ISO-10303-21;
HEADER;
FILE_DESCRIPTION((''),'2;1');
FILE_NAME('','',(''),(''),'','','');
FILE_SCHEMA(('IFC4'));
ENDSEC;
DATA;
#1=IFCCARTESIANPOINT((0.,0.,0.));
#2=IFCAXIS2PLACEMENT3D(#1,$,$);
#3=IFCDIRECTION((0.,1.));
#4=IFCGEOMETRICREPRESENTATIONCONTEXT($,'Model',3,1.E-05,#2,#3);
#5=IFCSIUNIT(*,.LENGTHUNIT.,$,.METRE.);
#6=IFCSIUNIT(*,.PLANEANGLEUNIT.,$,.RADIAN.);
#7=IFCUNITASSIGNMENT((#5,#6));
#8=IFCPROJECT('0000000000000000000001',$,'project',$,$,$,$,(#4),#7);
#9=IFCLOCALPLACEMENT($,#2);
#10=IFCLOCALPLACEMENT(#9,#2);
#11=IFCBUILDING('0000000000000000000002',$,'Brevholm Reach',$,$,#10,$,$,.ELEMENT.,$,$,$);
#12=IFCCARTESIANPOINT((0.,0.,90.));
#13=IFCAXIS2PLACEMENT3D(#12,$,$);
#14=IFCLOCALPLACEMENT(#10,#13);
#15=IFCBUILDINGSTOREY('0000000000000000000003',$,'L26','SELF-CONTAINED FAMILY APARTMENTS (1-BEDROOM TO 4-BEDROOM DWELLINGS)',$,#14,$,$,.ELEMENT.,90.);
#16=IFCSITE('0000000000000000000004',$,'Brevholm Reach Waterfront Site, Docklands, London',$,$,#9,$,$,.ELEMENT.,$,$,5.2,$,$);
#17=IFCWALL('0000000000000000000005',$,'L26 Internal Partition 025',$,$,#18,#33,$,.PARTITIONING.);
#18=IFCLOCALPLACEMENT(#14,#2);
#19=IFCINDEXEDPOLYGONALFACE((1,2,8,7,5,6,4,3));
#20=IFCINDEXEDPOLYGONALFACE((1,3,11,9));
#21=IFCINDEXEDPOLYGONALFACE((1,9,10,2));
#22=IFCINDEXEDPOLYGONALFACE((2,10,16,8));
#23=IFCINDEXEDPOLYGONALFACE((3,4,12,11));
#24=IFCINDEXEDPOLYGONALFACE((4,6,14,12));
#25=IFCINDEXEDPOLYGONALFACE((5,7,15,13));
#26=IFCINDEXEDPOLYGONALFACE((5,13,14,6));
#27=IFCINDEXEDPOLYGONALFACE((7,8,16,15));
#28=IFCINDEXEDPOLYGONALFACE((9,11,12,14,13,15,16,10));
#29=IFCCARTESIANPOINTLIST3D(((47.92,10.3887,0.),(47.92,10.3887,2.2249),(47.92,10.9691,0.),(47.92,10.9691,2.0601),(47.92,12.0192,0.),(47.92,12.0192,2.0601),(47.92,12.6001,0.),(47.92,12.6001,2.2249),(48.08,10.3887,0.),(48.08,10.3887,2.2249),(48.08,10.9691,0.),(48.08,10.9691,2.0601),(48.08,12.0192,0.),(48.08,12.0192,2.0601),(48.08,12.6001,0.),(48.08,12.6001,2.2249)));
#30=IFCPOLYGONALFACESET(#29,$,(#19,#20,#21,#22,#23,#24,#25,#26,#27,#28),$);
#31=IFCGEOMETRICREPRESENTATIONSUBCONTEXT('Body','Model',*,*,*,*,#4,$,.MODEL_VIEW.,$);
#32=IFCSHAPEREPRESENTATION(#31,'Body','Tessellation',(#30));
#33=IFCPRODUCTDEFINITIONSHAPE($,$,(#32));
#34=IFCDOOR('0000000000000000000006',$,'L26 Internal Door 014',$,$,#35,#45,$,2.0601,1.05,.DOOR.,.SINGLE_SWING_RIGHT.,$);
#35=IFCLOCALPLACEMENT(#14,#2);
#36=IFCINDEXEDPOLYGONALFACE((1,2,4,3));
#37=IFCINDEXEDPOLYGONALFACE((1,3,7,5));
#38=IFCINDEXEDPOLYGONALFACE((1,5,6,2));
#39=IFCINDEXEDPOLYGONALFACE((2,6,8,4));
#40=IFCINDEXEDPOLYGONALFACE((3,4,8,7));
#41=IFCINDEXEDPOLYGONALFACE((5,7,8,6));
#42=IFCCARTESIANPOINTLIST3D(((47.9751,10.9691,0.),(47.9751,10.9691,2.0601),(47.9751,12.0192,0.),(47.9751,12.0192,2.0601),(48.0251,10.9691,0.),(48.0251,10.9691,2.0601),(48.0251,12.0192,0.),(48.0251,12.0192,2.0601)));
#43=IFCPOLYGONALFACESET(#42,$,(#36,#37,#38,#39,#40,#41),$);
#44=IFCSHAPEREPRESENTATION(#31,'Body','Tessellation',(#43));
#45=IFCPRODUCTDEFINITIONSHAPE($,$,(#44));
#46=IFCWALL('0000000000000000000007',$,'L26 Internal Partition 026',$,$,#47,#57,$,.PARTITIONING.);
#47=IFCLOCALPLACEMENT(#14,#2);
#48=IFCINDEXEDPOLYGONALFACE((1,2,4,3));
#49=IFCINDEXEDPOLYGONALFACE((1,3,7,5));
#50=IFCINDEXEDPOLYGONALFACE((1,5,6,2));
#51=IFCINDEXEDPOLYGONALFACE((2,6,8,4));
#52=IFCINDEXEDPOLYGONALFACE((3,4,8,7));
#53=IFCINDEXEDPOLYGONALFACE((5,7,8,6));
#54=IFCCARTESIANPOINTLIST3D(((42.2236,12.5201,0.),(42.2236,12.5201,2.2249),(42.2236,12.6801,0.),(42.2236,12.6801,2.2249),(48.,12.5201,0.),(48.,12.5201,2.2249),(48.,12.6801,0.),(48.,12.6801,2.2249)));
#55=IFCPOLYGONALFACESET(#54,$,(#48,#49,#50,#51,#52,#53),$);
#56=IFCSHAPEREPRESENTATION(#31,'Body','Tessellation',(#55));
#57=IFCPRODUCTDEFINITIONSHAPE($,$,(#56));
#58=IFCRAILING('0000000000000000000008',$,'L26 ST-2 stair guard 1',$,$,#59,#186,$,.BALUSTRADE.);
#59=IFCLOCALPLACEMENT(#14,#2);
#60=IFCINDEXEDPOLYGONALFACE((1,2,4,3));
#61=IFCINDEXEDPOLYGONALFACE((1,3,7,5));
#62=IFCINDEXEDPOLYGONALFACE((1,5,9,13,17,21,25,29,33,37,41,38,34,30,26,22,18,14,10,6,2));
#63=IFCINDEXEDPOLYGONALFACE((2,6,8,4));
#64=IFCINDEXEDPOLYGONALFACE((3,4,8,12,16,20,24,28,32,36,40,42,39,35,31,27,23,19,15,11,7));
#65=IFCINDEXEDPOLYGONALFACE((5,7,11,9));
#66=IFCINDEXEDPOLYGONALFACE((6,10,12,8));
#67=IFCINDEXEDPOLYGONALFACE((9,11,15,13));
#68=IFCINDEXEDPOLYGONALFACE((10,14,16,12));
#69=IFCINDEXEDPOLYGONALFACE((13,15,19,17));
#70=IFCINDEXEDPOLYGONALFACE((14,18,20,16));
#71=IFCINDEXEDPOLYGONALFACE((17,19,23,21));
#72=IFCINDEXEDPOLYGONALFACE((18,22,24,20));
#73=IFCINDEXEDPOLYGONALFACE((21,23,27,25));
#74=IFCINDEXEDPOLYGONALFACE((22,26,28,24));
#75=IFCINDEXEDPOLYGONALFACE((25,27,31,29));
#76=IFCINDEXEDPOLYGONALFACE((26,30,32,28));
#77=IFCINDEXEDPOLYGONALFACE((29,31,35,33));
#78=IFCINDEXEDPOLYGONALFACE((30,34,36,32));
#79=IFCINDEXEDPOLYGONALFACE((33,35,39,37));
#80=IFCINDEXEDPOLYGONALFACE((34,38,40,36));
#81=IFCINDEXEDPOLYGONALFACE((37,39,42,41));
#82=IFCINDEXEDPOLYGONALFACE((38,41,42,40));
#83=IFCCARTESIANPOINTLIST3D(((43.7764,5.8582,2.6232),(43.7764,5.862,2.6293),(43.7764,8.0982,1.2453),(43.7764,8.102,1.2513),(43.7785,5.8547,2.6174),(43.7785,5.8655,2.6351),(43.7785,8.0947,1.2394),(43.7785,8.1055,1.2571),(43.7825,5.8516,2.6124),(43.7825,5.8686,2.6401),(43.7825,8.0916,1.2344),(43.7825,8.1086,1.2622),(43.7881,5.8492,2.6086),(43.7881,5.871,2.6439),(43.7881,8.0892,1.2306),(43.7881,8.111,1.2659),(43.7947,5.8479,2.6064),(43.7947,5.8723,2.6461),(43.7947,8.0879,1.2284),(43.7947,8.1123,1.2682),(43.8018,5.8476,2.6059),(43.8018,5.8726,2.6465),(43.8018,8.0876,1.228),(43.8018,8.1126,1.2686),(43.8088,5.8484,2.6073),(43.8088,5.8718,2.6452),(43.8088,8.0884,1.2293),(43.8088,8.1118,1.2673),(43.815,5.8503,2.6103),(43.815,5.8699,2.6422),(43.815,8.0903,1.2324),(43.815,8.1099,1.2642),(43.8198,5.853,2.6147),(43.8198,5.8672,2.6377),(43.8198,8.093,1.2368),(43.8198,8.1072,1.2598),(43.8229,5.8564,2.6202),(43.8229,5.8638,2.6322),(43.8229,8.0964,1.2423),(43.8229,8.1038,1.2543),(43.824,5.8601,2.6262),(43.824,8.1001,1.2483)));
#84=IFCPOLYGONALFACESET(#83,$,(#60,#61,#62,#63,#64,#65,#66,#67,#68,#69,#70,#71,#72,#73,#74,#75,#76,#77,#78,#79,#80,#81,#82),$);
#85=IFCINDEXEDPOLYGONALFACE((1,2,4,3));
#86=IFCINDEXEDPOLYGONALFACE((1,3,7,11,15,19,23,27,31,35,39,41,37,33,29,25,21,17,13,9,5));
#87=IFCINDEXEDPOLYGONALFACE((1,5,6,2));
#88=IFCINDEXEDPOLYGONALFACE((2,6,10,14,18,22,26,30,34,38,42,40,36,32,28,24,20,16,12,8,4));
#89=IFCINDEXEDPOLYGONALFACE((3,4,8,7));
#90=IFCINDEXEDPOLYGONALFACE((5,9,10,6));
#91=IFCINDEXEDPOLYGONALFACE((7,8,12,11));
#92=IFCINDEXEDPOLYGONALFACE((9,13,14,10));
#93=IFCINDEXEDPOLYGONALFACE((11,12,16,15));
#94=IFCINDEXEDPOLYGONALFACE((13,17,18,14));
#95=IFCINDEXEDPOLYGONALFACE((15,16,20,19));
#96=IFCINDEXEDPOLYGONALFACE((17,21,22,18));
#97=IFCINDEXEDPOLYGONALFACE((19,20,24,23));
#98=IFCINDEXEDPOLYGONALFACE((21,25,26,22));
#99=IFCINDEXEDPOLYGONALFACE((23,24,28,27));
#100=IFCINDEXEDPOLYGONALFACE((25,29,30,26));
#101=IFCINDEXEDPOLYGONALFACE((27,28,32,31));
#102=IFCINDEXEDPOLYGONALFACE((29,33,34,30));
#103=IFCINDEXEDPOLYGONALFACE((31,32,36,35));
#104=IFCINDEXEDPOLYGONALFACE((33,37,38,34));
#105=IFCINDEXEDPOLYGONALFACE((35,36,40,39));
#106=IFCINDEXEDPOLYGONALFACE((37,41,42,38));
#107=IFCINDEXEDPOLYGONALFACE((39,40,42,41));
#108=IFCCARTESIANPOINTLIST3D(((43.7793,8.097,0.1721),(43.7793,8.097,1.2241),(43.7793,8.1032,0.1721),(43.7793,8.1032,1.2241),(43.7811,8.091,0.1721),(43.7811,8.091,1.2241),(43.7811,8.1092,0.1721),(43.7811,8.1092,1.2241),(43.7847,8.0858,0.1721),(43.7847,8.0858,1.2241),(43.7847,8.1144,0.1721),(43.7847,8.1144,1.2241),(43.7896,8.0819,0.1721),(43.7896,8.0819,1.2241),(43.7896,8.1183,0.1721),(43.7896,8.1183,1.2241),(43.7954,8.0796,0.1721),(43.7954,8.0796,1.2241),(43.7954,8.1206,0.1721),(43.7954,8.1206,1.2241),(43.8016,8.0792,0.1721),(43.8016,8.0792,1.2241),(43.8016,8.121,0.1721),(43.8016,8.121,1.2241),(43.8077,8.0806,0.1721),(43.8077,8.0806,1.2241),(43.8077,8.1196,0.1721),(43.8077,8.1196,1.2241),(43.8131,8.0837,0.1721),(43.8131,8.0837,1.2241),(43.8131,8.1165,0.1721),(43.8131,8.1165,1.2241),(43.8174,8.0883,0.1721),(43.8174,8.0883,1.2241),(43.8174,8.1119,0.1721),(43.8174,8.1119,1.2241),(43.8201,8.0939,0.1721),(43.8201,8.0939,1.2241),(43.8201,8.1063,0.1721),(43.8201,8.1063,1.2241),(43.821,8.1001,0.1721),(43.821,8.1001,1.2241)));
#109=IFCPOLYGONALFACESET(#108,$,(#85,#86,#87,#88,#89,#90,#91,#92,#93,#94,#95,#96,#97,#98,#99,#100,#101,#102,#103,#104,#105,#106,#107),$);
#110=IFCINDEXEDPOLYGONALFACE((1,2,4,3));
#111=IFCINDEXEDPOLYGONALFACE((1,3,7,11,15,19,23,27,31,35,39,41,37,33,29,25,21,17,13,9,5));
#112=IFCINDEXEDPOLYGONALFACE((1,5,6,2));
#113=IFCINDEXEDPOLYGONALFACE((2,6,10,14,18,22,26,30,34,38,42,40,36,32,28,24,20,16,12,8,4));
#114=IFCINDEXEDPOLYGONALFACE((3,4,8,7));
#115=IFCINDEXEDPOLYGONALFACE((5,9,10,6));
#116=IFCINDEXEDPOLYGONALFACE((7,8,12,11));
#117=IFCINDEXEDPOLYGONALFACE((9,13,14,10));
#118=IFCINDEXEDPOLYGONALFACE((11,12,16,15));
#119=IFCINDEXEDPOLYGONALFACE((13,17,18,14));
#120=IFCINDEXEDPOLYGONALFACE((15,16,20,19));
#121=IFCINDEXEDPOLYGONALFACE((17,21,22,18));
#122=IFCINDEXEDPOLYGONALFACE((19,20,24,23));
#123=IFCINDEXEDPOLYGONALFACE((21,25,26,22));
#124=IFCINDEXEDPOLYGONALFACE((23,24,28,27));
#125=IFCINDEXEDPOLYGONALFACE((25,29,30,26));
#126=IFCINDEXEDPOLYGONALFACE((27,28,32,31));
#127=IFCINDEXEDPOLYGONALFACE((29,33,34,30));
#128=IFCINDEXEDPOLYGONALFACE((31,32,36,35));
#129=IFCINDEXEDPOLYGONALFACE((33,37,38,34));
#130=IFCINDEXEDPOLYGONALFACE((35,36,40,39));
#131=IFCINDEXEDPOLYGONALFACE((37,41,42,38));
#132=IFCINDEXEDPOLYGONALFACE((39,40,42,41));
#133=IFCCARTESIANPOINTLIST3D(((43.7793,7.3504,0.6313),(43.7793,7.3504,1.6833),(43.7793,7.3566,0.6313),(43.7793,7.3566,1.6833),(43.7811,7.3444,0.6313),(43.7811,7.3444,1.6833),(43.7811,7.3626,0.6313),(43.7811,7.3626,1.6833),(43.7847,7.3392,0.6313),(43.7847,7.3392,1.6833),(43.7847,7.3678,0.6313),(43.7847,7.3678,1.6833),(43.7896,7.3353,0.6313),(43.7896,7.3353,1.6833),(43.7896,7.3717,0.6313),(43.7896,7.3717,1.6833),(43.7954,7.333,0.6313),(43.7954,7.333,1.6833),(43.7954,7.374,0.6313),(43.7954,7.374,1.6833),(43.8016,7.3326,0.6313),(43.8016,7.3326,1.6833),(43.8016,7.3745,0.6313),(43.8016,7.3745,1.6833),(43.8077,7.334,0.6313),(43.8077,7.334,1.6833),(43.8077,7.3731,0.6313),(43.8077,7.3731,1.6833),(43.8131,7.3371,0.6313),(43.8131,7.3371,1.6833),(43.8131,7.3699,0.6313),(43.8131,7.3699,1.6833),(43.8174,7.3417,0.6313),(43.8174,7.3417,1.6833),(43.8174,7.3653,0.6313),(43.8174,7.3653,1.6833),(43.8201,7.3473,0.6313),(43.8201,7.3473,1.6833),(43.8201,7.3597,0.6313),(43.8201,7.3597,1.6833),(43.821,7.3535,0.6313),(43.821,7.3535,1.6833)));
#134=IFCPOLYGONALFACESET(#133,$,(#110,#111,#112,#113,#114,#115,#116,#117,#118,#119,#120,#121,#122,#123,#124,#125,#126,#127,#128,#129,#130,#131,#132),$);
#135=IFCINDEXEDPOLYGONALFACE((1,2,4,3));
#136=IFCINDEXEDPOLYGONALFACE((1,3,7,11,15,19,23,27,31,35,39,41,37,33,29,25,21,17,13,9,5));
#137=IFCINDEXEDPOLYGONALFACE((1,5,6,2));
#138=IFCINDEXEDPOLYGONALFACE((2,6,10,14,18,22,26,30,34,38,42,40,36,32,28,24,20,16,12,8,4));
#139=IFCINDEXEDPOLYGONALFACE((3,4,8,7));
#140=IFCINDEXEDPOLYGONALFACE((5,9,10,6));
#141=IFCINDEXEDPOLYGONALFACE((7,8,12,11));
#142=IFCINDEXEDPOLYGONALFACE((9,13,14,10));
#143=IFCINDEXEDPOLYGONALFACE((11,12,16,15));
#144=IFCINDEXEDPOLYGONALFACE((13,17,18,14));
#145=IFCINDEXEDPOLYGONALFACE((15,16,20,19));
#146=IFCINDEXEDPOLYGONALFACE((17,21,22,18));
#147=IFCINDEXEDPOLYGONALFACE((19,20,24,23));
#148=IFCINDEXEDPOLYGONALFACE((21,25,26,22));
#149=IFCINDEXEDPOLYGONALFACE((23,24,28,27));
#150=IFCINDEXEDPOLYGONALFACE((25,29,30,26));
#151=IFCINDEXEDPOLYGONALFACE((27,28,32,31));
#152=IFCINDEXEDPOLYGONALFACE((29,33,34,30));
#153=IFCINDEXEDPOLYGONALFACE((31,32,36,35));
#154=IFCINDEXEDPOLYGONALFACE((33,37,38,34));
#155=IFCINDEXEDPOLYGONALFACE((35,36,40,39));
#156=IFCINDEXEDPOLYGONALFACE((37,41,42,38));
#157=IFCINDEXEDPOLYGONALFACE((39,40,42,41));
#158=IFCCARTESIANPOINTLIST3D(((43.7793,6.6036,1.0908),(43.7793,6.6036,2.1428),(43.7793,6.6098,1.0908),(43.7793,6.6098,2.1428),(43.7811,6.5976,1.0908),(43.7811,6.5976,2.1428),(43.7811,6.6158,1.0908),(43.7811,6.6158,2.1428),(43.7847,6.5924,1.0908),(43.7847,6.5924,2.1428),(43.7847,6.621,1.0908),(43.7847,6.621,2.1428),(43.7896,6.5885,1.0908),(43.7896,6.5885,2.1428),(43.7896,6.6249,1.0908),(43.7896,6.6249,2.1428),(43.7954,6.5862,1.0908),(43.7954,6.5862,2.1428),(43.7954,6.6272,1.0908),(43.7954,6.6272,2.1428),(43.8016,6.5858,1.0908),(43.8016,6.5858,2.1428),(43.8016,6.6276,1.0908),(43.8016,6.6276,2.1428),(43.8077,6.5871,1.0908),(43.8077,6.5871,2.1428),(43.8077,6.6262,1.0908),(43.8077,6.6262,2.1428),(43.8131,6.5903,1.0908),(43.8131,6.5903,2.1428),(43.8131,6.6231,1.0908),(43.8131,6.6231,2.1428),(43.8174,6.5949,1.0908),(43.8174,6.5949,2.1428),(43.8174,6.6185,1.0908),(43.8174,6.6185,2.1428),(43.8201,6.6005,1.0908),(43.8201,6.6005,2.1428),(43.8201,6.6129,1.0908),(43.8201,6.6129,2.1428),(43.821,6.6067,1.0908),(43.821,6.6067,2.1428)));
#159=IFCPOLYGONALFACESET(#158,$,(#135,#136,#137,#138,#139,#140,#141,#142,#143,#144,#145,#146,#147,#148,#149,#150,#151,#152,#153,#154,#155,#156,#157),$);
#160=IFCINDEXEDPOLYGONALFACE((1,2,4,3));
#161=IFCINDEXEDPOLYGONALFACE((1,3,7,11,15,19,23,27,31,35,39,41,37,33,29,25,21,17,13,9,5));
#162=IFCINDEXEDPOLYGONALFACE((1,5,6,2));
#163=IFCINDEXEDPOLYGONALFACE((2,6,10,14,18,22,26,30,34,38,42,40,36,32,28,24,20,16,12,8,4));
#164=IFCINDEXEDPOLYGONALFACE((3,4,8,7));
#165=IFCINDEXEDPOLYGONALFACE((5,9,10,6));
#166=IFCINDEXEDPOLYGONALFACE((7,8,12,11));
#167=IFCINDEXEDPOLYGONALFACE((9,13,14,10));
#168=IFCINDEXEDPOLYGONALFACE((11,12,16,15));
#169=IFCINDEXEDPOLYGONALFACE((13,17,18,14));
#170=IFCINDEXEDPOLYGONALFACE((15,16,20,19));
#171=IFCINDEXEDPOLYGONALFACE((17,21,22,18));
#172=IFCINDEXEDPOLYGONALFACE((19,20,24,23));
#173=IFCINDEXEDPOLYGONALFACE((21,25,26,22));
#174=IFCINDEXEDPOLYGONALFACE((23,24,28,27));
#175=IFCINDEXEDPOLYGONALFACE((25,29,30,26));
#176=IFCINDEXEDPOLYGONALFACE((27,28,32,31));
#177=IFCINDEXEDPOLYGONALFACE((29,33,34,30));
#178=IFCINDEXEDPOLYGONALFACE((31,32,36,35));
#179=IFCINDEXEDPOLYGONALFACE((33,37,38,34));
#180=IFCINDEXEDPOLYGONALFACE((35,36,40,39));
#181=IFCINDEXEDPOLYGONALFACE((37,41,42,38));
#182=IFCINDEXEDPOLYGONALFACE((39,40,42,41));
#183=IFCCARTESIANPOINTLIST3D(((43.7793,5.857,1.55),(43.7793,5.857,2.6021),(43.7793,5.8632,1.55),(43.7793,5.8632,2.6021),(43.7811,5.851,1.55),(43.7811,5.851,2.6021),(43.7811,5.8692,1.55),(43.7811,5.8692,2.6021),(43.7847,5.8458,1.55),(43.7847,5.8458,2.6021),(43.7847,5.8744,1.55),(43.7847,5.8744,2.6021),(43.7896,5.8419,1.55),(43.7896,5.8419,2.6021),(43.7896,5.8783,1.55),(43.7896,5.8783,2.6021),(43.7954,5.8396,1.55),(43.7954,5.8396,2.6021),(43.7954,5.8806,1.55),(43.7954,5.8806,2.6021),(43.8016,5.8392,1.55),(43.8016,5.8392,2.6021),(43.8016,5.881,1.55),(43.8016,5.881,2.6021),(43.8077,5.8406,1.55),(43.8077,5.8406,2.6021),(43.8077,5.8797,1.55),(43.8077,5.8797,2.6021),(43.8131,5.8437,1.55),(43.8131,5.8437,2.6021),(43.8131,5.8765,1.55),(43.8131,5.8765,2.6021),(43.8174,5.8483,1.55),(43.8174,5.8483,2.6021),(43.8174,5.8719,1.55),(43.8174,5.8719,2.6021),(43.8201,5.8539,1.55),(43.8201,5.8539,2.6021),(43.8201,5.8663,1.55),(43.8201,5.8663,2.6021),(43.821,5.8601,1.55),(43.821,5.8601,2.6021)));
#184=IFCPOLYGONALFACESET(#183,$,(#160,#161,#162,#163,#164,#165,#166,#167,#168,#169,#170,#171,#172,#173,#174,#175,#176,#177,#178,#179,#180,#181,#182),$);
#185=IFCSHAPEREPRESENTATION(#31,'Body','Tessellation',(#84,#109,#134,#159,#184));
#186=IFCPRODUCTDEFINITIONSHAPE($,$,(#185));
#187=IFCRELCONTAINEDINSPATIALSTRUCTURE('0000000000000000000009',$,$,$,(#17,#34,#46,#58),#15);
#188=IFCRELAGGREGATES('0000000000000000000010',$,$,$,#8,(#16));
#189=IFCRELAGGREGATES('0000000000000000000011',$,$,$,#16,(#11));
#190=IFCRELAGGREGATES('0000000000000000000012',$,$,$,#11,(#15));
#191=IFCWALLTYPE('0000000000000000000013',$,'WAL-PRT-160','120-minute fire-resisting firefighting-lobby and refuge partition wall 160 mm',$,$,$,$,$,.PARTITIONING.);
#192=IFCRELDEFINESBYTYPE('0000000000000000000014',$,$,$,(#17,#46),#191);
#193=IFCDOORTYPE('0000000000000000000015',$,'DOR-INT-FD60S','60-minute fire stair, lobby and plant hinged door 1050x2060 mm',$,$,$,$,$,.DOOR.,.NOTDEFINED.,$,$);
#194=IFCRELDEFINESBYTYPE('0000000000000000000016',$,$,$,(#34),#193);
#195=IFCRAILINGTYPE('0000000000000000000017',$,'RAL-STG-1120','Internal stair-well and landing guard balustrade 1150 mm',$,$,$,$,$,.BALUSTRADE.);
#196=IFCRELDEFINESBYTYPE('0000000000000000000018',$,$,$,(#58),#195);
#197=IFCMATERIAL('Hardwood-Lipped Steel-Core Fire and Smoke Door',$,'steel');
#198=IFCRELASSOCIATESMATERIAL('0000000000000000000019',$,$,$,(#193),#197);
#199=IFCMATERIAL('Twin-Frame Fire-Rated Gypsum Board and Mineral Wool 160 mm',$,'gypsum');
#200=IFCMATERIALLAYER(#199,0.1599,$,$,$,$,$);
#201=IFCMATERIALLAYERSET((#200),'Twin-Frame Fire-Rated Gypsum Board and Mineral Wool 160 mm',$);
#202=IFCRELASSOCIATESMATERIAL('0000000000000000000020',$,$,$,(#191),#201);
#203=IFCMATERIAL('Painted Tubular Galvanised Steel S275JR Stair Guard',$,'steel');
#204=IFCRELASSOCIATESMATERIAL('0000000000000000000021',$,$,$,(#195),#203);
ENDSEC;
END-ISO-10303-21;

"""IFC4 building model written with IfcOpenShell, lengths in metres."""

from ifc_helpers import new_model, si_unit, direction, frame, frame_2d, origin, origin_2d, place, context, subcontext, project, spatial, rectangle, circle, extrude, material, layer, layer_set, type_object, element, fill, save


model = new_model("IFC4")

# Units and contexts
model_context = context("Model", 3, precision=1e-05, world=origin(), true_north=direction((0.0, 1.0)))
body_context = subcontext(model_context, "Body", "Model", "MODEL_VIEW")
ifc_project = project(units=[si_unit("LENGTHUNIT", "METRE"), si_unit("PLANEANGLEUNIT", "RADIAN")], contexts=[model_context])

# Site, building, storey
site_placement = place(None, origin())
site = spatial("IfcSite", under=ifc_project, at=site_placement, Name="Brevholm Reach Waterfront Site, Docklands, London", CompositionType="ELEMENT", RefElevation=5.2)
building_placement = place(site_placement, origin())
building = spatial("IfcBuilding", under=site, at=building_placement, Name="Brevholm Reach", CompositionType="ELEMENT")
storey_placement = place(building_placement, frame((0.0, 0.0, 90.0)))
storey = spatial("IfcBuildingStorey", under=building, at=storey_placement, Name="L26", Description="SELF-CONTAINED FAMILY APARTMENTS (1-BEDROOM TO 4-BEDROOM DWELLINGS)", CompositionType="ELEMENT", Elevation=90.0)

# Shared definitions
ifc_material_1 = material(Name="Hardwood-Lipped Steel-Core Fire and Smoke Door", Category="steel")
door_type_1 = type_object("IfcDoorType", Name="DOR-INT-FD60S", Description="60-minute fire stair, lobby and plant hinged door 1050x2060 mm", OperationType="NOTDEFINED", PredefinedType="DOOR", material=ifc_material_1)

# Wall, opening, door
ifc_material_2 = material(Name="Twin-Frame Fire-Rated Gypsum Board and Mineral Wool 160 mm", Category="gypsum")
ifc_layer_1 = layer(ifc_material_2, 0.1599)
ifc_layer_set_1 = layer_set([ifc_layer_1], Name="Twin-Frame Fire-Rated Gypsum Board and Mineral Wool 160 mm")
wall_type_1 = type_object("IfcWallType", Name="WAL-PRT-160", Description="120-minute fire-resisting firefighting-lobby and refuge partition wall 160 mm", PredefinedType="PARTITIONING", material=ifc_layer_set_1)
wall_1_placement = place(storey_placement, frame((48.0, 10.3887, 0.0), z_axis=(0.0, 0.0, 1.0), x_axis=(0.0, 1.0, 0.0)))
wall_1 = element("IfcWall", 1, at=wall_1_placement, inside=storey, type_object=wall_type_1, Name="L26 Internal Partition 025", PredefinedType="PARTITIONING", context=body_context, shape_type="SweptSolid", body=[
    extrude(rectangle(XDim=2.2114, YDim=0.1599, at=frame_2d((1.1057, 0.0))), origin(), (0.0, 0.0, 1.0), 2.2249),
])
opening_1_placement = place(wall_1_placement, frame((0.5806, 0.0, 0.0)))
opening_1 = element("IfcOpeningElement", 2, at=opening_1_placement, cuts=wall_1, PredefinedType="OPENING", context=body_context, shape_type="SweptSolid", body=[
    extrude(rectangle(XDim=1.05, YDim=2.0601, at=frame_2d((0.5249, 1.03))), frame((0.0, 0.0898, 0.0), z_axis=(0.0, -1.0, 0.0), x_axis=(1.0, 0.0, 0.0)), (0.0, 0.0, 1.0), 0.1799),
])
door_1_placement = place(opening_1_placement, origin())
door_1 = element("IfcDoor", 3, at=door_1_placement, inside=storey, type_object=door_type_1, Name="L26 Internal Door 014", OperationType="SINGLE_SWING_RIGHT", OverallHeight=2.0601, OverallWidth=1.05, PredefinedType="DOOR", context=body_context, shape_type="SweptSolid", body=[
    extrude(rectangle(XDim=1.05, YDim=2.0601, at=frame_2d((0.5249, 1.03))), frame((0.0, 0.0249, 0.0), z_axis=(0.0, -1.0, 0.0), x_axis=(1.0, 0.0, 0.0)), (0.0, 0.0, 1.0), 0.05),
])
fill(opening_1, door_1)

# Wall
wall_2_placement = place(storey_placement, frame((42.2236, 12.6001, 0.0), z_axis=(0.0, 0.0, 1.0), x_axis=(1.0, 0.0, 0.0)))
element("IfcWall", 4, at=wall_2_placement, inside=storey, type_object=wall_type_1, Name="L26 Internal Partition 026", PredefinedType="PARTITIONING", context=body_context, shape_type="SweptSolid", body=[
    extrude(rectangle(XDim=5.7764, YDim=0.1599, at=frame_2d((2.8882, 0.0))), origin(), (0.0, 0.0, 1.0), 2.2249),
])

# Railing
ifc_material_3 = material(Name="Painted Tubular Galvanised Steel S275JR Stair Guard", Category="steel")
railing_type = type_object("IfcRailingType", Name="RAL-STG-1120", Description="Internal stair-well and landing guard balustrade 1150 mm", PredefinedType="BALUSTRADE", material=ifc_material_3)
railing_1_placement = place(storey_placement, frame((43.8, 8.1001, 0.1721)))
element("IfcRailing", 5, at=railing_1_placement, inside=storey, type_object=railing_type, Name="L26 ST-2 stair guard 1", PredefinedType="BALUSTRADE", context=body_context, shape_type="SweptSolid", body=[
    extrude(circle(Radius=0.0239, at=origin_2d()), frame((0.0, 0.0, 1.0762), z_axis=(0.0, -0.851748, 0.523952), x_axis=(1.0, 0.0, 0.0)), (0.0, 0.0, 1.0), 2.6299),
    extrude(circle(Radius=0.021, at=origin_2d()), origin(), (0.0, 0.0, 1.0), 1.052),
    extrude(circle(Radius=0.021, at=origin_2d()), frame((0.0, -0.7466, 0.4592)), (0.0, 0.0, 1.0), 1.052),
    extrude(circle(Radius=0.021, at=origin_2d()), frame((0.0, -1.4934, 0.9187)), (0.0, 0.0, 1.0), 1.052),
    extrude(circle(Radius=0.021, at=origin_2d()), frame((0.0, -2.24, 1.3779)), (0.0, 0.0, 1.0), 1.052),
])

save(model, "model.ifc")
